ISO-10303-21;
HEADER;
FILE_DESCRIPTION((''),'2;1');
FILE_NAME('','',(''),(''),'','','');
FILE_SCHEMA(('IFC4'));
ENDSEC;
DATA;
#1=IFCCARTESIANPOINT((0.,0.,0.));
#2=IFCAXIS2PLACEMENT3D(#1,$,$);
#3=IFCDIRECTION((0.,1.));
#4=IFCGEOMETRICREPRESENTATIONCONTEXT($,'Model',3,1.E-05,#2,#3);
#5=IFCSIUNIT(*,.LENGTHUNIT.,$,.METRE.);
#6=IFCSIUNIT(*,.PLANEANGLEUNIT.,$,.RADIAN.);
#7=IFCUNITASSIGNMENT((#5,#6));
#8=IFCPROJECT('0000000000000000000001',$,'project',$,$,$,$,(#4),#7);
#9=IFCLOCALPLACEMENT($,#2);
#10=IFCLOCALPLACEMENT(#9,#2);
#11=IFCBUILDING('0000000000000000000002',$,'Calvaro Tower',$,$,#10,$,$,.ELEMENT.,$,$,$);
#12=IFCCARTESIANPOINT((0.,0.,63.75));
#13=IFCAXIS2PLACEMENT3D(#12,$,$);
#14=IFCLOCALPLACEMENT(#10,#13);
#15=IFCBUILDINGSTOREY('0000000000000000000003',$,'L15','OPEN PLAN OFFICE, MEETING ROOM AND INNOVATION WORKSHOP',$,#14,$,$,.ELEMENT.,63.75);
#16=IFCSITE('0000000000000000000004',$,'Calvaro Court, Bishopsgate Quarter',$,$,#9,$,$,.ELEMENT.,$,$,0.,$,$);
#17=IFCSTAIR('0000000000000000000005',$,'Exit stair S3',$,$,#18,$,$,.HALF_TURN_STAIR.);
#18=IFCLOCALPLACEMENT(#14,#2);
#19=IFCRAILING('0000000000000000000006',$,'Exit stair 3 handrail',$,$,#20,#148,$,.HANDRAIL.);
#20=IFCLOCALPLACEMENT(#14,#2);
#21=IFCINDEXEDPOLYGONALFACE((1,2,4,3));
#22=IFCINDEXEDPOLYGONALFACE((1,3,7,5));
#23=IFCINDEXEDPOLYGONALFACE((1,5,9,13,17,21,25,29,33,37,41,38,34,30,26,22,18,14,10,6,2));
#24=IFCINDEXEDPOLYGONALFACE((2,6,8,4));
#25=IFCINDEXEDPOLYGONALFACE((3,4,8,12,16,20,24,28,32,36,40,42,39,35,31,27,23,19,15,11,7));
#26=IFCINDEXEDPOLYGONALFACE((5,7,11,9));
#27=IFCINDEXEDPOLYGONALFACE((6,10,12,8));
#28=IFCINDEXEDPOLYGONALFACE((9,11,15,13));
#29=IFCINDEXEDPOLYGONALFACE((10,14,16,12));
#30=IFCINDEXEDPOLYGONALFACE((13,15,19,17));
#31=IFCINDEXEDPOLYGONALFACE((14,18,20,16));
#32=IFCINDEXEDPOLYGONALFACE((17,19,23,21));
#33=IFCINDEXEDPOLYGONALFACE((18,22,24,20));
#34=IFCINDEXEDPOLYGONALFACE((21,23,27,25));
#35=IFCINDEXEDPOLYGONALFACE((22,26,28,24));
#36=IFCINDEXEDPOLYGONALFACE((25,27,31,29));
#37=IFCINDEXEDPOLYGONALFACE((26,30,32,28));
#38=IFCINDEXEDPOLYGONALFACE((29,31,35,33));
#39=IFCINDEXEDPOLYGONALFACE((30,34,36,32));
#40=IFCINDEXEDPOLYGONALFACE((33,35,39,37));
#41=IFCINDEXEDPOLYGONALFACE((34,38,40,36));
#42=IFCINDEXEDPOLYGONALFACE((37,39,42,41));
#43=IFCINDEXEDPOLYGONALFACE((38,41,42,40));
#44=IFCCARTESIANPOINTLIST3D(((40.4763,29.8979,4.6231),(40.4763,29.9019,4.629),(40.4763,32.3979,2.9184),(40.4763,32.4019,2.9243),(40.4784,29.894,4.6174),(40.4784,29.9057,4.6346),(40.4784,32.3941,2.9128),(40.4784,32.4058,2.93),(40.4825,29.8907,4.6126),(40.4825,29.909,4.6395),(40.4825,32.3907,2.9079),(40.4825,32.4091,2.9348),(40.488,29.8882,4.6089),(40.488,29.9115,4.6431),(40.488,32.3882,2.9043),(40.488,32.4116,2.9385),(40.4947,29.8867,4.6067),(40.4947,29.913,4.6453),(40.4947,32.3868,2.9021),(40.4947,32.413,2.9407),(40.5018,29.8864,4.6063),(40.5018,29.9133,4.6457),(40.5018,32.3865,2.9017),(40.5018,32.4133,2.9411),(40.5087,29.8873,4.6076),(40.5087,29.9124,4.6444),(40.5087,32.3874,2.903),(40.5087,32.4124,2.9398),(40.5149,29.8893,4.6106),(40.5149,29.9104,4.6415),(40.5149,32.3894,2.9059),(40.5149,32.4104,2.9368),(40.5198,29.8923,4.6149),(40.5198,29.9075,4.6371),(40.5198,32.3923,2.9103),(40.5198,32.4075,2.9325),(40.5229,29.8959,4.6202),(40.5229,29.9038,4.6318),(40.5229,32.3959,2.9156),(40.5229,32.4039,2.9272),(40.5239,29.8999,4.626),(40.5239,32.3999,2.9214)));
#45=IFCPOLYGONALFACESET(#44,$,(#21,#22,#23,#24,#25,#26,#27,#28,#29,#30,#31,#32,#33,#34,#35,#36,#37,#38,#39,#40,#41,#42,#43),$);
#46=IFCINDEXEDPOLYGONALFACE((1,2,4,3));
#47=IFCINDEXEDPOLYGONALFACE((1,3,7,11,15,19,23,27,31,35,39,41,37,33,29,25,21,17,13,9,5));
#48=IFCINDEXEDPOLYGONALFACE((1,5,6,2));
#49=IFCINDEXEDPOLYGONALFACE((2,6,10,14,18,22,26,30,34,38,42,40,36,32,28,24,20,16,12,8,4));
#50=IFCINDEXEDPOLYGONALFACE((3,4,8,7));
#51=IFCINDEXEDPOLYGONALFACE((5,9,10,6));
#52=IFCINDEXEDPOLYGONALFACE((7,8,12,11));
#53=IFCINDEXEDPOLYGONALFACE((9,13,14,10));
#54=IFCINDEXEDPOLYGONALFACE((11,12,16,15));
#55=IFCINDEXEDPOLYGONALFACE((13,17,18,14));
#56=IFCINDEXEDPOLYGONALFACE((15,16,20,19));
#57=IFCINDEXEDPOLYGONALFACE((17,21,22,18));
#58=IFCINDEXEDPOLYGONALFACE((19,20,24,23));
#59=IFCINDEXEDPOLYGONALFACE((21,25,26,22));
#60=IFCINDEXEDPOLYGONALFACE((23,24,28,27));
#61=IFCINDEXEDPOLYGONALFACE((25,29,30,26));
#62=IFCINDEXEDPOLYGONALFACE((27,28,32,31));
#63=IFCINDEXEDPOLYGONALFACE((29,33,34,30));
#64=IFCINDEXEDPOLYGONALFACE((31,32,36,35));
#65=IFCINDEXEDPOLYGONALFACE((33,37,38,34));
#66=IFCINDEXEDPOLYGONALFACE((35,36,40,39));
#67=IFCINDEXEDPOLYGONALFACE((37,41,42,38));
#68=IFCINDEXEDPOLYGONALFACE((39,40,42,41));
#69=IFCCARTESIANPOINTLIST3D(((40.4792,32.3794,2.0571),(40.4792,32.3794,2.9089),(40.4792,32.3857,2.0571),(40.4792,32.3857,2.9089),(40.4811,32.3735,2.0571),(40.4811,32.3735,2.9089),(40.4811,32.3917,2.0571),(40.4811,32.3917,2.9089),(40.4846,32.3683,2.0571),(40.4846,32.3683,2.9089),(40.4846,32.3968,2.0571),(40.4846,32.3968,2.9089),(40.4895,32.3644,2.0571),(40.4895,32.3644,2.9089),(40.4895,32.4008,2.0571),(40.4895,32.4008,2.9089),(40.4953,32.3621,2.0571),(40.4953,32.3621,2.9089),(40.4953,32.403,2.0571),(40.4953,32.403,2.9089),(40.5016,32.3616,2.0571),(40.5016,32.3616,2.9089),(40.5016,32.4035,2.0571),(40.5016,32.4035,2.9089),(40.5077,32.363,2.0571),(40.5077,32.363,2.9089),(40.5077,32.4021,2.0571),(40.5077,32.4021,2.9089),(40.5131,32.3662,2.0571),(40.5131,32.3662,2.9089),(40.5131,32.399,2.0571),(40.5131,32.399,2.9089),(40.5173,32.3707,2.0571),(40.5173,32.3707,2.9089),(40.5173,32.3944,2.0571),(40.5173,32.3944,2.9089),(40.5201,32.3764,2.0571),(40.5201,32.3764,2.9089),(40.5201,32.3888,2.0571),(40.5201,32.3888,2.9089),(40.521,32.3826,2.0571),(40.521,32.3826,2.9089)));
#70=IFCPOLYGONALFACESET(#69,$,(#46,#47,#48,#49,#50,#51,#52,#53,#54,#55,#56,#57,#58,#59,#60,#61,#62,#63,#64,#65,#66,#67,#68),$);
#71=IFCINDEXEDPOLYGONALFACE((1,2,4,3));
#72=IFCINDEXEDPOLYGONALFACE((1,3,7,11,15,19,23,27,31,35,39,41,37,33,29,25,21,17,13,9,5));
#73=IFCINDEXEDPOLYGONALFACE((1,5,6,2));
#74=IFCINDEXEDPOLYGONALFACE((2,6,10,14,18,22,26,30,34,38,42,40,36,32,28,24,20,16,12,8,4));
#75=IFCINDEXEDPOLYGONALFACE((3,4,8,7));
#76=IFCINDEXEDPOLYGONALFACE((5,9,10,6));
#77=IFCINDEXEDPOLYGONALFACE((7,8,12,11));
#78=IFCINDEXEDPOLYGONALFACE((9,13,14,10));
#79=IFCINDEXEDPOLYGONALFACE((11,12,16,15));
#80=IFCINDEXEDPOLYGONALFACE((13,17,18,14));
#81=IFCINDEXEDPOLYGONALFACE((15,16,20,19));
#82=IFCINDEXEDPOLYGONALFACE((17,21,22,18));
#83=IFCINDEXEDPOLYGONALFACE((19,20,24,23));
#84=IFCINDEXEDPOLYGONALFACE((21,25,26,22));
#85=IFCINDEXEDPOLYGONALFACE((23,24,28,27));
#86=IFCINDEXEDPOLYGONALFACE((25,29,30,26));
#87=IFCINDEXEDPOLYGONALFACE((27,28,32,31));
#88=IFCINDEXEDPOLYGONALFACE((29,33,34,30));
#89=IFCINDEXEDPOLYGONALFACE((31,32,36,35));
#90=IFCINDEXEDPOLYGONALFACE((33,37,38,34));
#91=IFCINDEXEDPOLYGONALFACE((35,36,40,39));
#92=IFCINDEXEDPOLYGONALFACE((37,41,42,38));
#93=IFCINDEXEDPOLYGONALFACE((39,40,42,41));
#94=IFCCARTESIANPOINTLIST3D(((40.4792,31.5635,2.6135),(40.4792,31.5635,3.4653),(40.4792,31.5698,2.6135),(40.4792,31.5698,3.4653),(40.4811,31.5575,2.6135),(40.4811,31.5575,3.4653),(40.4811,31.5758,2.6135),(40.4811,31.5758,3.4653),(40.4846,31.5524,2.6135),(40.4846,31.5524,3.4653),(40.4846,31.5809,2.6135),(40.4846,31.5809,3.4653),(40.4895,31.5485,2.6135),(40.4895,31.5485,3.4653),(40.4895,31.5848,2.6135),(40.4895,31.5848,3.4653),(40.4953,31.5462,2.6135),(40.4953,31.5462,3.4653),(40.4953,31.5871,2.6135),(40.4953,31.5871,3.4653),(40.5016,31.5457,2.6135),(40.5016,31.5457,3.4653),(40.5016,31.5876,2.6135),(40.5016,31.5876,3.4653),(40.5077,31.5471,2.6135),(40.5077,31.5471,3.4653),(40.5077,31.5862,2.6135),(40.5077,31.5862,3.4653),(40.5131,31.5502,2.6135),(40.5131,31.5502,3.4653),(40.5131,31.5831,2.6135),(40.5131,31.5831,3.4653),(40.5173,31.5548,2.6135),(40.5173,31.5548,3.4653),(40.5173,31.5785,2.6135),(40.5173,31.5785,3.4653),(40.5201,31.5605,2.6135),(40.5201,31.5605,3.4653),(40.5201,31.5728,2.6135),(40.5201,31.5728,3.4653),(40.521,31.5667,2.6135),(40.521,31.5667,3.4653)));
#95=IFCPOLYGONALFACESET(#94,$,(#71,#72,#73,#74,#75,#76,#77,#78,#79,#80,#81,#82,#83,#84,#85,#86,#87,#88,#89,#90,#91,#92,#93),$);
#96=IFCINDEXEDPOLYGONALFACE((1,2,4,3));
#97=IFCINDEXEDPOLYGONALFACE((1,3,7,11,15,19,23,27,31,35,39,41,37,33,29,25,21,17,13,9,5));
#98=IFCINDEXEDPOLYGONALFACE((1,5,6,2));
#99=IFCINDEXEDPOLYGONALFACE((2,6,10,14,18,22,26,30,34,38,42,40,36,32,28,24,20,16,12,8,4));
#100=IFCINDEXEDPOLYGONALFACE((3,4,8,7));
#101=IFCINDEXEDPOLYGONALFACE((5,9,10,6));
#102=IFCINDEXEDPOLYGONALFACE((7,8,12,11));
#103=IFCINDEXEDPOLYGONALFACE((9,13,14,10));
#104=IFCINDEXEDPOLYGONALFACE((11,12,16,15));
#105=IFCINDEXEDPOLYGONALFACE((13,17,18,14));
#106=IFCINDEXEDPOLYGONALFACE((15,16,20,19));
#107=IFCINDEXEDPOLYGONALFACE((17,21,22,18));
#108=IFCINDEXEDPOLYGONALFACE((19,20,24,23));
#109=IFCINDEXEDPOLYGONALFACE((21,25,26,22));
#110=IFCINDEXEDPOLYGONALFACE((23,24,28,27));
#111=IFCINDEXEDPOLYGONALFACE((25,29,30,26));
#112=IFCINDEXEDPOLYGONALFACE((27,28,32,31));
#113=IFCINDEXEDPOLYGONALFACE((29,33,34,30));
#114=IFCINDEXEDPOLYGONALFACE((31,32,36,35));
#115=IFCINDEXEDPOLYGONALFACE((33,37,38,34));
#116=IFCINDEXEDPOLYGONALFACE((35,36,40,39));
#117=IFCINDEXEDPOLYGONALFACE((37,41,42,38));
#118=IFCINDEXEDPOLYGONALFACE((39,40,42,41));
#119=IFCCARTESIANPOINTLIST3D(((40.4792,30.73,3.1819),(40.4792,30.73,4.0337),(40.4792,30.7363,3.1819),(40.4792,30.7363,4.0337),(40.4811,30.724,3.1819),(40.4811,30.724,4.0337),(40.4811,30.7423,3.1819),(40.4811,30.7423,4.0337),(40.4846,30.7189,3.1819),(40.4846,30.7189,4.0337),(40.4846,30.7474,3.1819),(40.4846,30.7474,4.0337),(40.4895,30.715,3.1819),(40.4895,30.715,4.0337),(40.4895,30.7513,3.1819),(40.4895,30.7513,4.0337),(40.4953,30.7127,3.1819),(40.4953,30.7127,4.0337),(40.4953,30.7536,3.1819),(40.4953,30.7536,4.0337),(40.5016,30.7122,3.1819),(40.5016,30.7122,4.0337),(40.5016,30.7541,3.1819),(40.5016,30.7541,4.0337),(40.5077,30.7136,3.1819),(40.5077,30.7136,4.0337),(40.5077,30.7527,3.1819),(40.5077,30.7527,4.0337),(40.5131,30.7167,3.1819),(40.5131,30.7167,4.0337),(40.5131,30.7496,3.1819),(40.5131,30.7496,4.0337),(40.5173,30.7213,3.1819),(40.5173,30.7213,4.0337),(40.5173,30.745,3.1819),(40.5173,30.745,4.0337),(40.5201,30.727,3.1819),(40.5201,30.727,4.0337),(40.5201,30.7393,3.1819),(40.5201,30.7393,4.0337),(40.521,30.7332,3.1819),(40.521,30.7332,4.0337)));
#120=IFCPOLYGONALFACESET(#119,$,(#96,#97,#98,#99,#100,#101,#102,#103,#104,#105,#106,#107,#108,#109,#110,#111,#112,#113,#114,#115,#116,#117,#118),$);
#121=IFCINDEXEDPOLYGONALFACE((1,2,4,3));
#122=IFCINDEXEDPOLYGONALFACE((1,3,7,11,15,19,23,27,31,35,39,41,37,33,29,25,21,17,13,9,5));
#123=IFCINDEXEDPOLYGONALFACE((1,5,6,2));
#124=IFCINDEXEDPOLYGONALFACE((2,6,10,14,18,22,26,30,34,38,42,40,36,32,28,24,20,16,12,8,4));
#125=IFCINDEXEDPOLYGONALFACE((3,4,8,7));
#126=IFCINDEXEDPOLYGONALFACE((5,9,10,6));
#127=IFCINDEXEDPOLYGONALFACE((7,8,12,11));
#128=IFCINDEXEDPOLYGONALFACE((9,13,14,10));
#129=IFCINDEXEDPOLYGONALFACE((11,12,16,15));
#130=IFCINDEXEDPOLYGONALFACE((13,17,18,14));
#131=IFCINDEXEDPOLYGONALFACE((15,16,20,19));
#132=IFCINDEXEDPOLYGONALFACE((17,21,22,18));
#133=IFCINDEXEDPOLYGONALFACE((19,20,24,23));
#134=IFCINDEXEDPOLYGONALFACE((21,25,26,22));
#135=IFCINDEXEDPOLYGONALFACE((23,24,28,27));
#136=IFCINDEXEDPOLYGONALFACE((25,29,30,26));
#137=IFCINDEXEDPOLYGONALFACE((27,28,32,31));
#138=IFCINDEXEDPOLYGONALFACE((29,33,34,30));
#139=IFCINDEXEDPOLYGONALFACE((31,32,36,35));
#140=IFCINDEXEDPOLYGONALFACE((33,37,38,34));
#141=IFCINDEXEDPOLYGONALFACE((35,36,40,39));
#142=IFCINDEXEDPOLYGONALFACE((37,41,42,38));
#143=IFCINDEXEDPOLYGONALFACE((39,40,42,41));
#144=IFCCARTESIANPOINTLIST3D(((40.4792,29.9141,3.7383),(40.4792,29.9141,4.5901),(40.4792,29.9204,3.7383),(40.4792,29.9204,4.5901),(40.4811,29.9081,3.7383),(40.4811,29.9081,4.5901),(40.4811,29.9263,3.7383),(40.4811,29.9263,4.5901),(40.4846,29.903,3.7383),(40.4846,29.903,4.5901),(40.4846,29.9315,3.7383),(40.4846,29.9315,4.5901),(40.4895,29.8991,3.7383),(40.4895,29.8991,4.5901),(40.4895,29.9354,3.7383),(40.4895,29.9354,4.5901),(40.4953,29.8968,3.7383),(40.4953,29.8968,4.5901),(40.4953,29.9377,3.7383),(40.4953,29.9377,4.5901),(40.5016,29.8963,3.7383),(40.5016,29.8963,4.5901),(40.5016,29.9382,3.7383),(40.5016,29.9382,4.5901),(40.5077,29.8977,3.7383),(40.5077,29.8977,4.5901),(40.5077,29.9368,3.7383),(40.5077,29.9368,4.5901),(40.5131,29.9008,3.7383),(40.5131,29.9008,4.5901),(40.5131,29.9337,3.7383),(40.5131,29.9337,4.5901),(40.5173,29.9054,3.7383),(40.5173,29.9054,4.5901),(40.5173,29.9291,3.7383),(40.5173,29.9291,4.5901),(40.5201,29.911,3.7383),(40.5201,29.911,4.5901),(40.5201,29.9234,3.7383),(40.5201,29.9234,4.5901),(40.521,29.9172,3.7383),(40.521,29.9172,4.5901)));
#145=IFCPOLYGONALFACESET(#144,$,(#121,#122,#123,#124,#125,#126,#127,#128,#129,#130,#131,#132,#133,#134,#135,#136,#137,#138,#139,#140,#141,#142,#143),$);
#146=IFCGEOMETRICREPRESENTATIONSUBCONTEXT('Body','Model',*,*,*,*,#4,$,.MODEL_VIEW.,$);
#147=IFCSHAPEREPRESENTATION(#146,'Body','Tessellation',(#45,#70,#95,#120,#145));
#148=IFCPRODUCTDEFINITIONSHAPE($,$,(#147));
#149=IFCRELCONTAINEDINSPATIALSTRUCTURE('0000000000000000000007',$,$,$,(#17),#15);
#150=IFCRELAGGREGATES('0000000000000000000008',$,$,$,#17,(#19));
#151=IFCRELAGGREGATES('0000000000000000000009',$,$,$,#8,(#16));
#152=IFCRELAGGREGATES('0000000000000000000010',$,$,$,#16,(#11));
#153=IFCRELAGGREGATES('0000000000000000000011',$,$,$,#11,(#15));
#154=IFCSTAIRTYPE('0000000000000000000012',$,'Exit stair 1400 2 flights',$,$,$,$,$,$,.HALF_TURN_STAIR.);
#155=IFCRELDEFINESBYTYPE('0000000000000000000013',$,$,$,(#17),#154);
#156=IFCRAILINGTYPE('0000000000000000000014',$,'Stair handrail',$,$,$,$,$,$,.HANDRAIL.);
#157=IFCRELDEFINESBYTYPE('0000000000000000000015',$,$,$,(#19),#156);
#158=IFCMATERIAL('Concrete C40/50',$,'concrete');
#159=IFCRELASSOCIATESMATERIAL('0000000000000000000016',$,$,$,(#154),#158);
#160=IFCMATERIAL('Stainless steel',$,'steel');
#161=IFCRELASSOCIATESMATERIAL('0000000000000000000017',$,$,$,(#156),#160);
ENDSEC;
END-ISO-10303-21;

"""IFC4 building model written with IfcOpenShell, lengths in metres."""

from ifc_helpers import new_model, si_unit, direction, frame, origin, origin_2d, place, context, subcontext, project, spatial, circle, extrude, material, type_object, element, aggregate, save


model = new_model("IFC4")

# Units and contexts
model_context = context("Model", 3, precision=1e-05, world=origin(), true_north=direction((0.0, 1.0)))
body_context = subcontext(model_context, "Body", "Model", "MODEL_VIEW")
ifc_project = project(units=[si_unit("LENGTHUNIT", "METRE"), si_unit("PLANEANGLEUNIT", "RADIAN")], contexts=[model_context])

# Site, building, storey
site_placement = place(None, origin())
site = spatial("IfcSite", under=ifc_project, at=site_placement, Name="Calvaro Court, Bishopsgate Quarter", CompositionType="ELEMENT", RefElevation=0.0)
building_placement = place(site_placement, origin())
building = spatial("IfcBuilding", under=site, at=building_placement, Name="Calvaro Tower", CompositionType="ELEMENT")
storey_placement = place(building_placement, frame((0.0, 0.0, 63.75)))
storey = spatial("IfcBuildingStorey", under=building, at=storey_placement, Name="L15", Description="OPEN PLAN OFFICE, MEETING ROOM AND INNOVATION WORKSHOP", CompositionType="ELEMENT", Elevation=63.75)

# Stair
ifc_material_1 = material(Name="Concrete C40/50", Category="concrete")
stair_type = type_object("IfcStairType", Name="Exit stair 1400 2 flights", PredefinedType="HALF_TURN_STAIR", material=ifc_material_1)
stair_1_placement = place(storey_placement, origin())
stair_1 = element("IfcStair", 1, at=stair_1_placement, inside=storey, type_object=stair_type, Name="Exit stair S3", PredefinedType="HALF_TURN_STAIR")

# Railing
ifc_material_2 = material(Name="Stainless steel", Category="steel")
railing_type = type_object("IfcRailingType", Name="Stair handrail", PredefinedType="HANDRAIL", material=ifc_material_2)
railing_1_placement = place(storey_placement, frame((40.5, 32.3999, 2.0454)))
railing_1 = element("IfcRailing", 2, at=railing_1_placement, type_object=railing_type, Name="Exit stair 3 handrail", PredefinedType="HANDRAIL", context=body_context, shape_type="SweptSolid", body=[
    extrude(circle(Radius=0.0239, at=origin_2d()), frame((0.0, 0.0, 0.876), z_axis=(0.0, -0.826221, 0.563347), x_axis=(1.0, 0.0, 0.0)), (0.0, 0.0, 1.0), 3.0259),
    extrude(circle(Radius=0.021, at=origin_2d()), frame((0.0, -0.0173, 0.0117)), (0.0, 0.0, 1.0), 0.8518),
    extrude(circle(Radius=0.021, at=origin_2d()), frame((0.0, -0.8333, 0.5681)), (0.0, 0.0, 1.0), 0.8518),
    extrude(circle(Radius=0.021, at=origin_2d()), frame((0.0, -1.6667, 1.1365)), (0.0, 0.0, 1.0), 0.8518),
    extrude(circle(Radius=0.021, at=origin_2d()), frame((0.0, -2.4827, 1.6929)), (0.0, 0.0, 1.0), 0.8518),
])
aggregate(stair_1, [railing_1])

save(model, "model.ifc")
